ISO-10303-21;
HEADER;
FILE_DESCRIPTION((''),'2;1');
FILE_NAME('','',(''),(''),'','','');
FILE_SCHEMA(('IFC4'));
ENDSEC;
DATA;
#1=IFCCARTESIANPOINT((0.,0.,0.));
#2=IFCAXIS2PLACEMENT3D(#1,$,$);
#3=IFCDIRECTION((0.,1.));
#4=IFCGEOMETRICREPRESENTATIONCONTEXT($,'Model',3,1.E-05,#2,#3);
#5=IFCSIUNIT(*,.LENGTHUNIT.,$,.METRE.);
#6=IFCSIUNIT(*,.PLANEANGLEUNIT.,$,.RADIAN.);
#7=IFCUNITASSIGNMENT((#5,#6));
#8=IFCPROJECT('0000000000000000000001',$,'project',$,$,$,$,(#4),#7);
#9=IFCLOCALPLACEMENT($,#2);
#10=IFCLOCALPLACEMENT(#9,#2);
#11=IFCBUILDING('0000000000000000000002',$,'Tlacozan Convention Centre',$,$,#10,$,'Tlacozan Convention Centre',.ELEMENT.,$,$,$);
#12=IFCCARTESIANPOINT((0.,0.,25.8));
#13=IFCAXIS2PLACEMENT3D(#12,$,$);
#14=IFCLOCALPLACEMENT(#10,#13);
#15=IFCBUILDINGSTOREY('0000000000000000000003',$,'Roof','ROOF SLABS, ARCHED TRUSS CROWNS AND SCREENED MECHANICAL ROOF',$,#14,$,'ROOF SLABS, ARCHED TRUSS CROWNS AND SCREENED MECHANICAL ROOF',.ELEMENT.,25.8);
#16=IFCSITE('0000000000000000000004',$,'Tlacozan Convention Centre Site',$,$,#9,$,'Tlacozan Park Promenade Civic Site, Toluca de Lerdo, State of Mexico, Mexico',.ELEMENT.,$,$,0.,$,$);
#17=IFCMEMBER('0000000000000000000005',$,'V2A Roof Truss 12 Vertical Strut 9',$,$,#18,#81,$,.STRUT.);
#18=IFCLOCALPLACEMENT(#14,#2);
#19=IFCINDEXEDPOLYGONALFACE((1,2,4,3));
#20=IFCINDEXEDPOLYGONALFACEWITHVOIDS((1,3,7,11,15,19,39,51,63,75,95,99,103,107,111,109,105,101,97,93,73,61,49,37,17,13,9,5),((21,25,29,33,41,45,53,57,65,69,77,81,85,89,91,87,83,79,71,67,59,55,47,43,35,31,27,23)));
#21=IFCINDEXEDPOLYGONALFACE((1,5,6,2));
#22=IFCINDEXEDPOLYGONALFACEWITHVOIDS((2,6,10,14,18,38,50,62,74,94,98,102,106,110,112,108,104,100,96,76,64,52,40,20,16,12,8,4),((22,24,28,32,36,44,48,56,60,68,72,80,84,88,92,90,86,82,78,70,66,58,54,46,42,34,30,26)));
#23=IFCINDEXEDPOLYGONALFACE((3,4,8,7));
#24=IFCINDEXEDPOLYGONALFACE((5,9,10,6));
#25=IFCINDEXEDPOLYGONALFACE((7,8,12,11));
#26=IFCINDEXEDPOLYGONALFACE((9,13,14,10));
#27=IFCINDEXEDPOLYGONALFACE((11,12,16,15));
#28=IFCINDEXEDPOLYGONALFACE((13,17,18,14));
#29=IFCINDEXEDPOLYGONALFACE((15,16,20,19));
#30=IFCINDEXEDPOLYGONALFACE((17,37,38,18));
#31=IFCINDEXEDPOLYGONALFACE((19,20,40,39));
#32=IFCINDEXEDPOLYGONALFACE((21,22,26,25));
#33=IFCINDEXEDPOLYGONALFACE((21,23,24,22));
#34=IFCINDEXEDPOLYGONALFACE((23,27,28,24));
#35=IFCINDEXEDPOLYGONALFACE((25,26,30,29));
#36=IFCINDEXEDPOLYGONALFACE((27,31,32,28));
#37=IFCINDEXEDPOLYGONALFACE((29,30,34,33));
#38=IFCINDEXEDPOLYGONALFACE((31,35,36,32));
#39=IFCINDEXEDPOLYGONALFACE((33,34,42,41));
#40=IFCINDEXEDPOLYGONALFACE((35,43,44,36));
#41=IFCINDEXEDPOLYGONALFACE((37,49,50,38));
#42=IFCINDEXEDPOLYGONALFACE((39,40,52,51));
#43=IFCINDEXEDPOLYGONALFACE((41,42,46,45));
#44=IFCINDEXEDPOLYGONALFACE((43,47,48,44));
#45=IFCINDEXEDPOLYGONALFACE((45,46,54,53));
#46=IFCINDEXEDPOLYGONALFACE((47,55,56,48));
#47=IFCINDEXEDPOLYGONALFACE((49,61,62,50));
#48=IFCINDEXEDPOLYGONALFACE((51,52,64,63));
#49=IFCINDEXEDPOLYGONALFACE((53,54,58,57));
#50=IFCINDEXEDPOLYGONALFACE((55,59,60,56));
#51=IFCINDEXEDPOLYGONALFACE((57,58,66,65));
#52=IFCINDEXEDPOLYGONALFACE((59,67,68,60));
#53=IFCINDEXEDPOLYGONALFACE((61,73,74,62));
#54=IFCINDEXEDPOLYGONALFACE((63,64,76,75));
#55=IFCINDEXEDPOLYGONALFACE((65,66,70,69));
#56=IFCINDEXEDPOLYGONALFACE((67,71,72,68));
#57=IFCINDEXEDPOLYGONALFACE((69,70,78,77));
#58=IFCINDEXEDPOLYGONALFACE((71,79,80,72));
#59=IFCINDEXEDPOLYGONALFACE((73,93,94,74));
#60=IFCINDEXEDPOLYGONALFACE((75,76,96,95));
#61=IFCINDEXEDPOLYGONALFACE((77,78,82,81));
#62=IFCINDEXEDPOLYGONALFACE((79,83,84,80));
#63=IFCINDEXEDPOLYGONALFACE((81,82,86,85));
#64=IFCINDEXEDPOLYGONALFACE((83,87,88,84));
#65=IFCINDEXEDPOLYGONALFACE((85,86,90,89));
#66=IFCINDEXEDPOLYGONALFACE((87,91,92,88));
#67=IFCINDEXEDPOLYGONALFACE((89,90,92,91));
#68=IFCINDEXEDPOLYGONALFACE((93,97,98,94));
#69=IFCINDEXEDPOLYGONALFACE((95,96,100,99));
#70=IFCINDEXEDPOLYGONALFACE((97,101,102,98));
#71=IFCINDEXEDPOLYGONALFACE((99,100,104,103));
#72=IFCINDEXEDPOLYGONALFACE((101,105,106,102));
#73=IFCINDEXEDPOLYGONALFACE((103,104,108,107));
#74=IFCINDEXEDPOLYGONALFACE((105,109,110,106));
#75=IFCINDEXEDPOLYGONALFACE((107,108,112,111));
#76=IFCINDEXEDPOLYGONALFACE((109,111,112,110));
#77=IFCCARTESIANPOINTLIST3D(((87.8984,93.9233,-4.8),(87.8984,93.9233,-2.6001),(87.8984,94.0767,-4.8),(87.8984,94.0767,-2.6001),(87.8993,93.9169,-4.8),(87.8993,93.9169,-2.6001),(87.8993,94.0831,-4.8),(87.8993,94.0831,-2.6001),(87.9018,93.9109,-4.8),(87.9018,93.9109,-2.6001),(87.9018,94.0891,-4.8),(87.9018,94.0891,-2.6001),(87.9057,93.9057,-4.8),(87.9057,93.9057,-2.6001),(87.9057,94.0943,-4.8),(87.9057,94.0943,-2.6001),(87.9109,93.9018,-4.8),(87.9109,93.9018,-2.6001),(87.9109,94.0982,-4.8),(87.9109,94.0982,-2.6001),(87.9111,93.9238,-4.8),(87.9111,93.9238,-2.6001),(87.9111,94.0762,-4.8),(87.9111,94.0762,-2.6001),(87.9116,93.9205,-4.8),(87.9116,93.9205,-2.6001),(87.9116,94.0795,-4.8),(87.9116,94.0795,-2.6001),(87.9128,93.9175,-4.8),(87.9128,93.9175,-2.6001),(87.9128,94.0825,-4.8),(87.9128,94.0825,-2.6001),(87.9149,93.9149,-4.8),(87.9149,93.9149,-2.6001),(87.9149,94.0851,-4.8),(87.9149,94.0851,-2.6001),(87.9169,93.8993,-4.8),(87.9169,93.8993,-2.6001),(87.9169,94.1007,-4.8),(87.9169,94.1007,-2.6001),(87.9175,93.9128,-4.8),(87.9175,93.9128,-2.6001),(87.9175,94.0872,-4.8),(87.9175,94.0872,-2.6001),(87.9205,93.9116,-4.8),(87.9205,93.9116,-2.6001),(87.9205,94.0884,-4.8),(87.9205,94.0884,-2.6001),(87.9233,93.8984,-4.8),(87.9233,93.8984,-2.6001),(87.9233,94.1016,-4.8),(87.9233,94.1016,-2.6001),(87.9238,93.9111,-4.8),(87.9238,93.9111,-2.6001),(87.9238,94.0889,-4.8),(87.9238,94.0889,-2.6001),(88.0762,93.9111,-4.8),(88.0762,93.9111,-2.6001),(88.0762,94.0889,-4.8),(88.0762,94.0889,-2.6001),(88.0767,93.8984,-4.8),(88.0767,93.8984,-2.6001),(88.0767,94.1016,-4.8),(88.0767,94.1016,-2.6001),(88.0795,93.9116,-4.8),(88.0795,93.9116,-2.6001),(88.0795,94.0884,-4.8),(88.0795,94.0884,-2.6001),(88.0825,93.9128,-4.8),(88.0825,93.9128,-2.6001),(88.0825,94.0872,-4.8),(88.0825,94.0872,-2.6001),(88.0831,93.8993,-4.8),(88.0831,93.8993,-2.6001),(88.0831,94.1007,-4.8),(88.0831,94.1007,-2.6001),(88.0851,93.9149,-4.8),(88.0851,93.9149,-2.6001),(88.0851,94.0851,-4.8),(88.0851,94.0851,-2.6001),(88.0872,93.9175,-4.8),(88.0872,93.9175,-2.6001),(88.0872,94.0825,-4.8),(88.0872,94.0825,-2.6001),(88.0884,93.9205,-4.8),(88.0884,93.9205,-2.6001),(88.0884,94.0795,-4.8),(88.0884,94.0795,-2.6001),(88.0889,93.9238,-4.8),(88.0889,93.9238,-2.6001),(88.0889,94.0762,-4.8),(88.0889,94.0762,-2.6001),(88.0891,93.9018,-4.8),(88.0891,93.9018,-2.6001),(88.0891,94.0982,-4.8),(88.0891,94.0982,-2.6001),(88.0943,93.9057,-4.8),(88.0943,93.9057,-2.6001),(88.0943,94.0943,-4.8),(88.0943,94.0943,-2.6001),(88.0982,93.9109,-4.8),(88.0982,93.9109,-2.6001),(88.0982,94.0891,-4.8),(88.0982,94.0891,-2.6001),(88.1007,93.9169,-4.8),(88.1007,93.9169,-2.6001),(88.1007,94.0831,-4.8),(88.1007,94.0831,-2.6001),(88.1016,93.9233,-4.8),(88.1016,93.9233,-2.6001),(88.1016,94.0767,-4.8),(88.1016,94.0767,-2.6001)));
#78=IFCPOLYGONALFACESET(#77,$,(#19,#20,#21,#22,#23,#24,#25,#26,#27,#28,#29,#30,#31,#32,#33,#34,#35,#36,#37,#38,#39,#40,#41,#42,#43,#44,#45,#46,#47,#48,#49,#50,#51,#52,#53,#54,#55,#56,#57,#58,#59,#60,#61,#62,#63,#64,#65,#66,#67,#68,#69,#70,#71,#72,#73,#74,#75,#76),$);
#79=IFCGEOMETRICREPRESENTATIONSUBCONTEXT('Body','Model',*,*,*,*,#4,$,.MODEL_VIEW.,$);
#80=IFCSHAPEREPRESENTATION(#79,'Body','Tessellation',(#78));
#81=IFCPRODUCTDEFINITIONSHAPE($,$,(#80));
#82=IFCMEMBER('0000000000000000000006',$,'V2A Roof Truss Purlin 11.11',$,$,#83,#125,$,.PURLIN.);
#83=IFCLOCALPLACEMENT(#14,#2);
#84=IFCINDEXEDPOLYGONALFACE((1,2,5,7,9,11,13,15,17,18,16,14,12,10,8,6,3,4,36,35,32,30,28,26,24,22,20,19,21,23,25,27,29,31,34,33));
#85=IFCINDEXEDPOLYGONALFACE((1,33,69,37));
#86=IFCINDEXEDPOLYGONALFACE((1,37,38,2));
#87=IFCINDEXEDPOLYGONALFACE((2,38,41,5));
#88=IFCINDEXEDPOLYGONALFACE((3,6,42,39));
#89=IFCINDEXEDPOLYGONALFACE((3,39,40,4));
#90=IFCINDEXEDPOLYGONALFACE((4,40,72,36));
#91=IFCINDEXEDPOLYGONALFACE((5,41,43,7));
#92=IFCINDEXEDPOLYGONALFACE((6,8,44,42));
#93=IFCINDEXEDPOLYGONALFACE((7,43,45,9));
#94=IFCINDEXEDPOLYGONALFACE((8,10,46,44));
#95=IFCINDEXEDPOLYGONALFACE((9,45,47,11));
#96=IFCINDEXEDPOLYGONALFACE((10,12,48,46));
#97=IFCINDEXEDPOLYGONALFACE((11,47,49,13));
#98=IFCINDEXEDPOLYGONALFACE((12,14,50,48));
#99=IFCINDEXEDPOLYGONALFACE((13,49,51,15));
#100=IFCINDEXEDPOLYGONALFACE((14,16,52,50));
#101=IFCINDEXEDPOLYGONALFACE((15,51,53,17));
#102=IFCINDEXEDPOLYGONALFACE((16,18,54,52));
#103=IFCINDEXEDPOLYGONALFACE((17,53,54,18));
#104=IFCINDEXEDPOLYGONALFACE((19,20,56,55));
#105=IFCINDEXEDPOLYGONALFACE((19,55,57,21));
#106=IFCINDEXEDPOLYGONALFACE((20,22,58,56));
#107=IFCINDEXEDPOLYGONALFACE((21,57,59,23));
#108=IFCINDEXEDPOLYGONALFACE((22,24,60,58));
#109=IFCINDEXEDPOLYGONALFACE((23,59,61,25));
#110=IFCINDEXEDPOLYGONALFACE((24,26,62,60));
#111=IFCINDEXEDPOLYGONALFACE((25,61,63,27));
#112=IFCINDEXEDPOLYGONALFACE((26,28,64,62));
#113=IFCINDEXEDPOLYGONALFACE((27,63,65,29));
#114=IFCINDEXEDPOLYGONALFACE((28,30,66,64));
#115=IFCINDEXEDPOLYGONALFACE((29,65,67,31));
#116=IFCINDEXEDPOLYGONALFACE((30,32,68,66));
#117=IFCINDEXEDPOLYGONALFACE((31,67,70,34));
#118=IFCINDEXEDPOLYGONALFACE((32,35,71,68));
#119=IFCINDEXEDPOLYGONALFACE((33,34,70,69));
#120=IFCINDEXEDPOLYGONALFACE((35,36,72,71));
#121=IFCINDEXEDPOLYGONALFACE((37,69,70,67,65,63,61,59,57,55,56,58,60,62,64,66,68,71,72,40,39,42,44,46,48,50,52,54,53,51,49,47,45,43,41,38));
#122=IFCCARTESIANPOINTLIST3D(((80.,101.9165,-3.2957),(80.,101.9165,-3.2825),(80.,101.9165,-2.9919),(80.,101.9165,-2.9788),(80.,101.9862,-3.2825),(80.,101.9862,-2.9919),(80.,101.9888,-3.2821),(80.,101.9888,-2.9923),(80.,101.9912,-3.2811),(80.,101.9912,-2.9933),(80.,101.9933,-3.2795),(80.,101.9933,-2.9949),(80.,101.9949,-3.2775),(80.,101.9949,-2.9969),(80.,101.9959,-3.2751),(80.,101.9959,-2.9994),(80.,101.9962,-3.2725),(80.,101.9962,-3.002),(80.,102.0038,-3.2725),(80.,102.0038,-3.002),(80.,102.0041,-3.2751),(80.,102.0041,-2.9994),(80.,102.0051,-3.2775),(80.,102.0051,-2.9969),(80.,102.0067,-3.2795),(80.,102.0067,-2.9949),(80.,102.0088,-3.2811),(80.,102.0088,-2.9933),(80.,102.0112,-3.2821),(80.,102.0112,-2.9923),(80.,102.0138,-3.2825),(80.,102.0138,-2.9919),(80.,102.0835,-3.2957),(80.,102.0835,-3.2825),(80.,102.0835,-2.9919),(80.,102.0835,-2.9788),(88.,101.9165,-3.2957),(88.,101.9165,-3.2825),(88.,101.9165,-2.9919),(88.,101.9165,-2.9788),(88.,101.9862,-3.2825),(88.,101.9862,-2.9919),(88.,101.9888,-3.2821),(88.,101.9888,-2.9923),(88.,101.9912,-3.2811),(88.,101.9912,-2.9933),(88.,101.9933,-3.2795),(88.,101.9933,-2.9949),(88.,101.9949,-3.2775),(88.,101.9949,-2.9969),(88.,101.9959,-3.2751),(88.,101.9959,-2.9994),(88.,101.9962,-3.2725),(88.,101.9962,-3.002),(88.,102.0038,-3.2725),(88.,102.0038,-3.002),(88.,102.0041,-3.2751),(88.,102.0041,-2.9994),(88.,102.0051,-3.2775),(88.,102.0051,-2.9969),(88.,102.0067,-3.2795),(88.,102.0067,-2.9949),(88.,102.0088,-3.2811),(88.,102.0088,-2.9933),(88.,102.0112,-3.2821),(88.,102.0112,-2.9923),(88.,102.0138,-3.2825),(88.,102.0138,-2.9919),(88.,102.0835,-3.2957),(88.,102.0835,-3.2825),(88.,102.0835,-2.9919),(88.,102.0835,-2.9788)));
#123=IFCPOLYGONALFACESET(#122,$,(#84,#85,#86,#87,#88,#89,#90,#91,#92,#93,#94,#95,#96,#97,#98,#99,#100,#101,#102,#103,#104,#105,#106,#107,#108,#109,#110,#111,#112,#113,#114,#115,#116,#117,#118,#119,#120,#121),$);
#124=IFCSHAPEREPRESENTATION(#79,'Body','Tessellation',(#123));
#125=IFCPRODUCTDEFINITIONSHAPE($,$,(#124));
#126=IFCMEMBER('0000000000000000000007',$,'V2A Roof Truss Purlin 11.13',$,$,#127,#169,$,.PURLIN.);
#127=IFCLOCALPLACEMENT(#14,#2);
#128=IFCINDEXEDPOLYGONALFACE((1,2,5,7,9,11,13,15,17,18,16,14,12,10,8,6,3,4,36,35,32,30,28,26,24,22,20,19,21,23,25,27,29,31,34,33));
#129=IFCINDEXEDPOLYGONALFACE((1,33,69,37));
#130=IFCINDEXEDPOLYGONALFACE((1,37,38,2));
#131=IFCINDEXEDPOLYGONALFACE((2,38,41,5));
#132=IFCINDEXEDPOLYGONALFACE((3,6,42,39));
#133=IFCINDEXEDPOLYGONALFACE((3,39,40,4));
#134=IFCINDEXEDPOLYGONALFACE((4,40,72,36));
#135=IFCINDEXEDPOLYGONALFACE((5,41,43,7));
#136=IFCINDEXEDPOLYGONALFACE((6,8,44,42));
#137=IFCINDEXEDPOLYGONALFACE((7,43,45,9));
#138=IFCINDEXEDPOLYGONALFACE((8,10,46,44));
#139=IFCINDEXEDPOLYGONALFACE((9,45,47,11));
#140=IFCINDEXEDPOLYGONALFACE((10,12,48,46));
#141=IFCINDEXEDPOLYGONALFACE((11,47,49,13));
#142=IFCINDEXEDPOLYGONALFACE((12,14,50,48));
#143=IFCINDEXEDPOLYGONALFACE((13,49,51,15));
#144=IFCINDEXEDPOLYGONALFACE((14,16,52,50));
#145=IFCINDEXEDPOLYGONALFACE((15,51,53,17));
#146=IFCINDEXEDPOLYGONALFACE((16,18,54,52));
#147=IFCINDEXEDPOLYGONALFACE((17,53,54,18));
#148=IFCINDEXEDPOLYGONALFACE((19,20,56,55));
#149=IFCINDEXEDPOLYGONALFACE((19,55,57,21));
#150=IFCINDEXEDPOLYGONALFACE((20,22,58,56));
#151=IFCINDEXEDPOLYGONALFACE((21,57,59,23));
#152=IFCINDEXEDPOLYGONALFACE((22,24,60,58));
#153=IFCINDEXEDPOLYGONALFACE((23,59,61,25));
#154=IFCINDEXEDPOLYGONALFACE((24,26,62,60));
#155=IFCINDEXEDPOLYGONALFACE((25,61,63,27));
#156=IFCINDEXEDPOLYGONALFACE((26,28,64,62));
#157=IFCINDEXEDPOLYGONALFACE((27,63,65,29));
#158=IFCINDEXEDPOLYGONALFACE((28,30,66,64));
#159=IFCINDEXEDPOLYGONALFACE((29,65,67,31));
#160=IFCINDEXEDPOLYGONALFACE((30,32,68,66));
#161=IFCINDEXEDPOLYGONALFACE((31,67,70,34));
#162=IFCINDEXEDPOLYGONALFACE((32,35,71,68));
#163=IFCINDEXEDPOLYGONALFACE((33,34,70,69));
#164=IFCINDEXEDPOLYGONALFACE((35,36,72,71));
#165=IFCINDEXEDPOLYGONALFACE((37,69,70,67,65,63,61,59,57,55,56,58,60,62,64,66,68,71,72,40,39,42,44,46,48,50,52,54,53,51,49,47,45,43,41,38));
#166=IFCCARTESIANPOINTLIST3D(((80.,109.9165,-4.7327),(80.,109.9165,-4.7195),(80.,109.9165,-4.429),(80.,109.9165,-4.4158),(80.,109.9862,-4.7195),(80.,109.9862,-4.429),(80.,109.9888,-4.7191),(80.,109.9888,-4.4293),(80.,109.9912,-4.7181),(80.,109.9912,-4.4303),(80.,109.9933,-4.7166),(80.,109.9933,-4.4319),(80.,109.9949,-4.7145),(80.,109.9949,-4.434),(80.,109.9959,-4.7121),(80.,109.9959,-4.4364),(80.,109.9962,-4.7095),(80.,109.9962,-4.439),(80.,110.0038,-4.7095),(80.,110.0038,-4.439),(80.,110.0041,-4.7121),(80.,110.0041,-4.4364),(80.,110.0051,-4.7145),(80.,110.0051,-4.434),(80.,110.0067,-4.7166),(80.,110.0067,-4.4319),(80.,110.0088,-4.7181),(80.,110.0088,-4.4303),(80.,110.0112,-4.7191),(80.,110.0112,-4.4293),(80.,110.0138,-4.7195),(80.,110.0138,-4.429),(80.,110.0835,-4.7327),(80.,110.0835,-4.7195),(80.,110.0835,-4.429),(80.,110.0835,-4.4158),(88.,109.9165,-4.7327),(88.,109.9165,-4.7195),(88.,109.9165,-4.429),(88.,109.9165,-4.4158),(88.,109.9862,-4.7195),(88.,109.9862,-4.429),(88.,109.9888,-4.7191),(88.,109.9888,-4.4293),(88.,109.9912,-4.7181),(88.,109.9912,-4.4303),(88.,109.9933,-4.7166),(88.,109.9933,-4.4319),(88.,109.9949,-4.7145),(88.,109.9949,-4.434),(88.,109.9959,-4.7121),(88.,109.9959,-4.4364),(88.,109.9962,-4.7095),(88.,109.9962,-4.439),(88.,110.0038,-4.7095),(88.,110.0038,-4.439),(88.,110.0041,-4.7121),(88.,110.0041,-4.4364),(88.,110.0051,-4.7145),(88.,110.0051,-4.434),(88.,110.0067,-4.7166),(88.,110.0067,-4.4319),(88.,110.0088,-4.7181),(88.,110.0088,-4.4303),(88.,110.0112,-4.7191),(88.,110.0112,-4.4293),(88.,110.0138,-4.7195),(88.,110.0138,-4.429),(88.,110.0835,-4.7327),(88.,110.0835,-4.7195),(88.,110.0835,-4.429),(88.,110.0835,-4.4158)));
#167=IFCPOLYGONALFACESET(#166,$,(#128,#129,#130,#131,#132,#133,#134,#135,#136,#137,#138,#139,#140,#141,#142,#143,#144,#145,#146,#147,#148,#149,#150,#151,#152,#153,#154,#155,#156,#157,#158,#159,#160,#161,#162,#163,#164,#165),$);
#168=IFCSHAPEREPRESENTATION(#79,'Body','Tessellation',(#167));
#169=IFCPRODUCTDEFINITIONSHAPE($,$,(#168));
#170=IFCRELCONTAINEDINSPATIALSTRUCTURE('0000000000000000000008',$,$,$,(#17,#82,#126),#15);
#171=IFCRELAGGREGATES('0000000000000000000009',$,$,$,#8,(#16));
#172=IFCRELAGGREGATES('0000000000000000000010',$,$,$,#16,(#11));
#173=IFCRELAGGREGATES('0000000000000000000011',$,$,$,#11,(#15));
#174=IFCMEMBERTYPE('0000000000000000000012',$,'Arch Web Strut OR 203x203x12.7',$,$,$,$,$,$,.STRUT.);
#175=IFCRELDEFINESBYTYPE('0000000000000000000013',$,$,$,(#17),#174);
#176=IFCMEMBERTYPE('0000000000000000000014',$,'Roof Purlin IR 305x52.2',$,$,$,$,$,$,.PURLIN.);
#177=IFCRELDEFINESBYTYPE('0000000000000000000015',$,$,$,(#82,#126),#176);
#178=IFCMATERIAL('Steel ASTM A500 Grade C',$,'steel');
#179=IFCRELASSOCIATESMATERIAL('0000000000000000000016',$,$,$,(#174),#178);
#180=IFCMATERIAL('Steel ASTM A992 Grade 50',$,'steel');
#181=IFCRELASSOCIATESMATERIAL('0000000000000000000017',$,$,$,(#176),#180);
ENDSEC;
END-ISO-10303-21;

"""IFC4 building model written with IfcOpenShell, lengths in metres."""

from ifc_helpers import new_model, si_unit, direction, frame, origin, origin_2d, place, context, subcontext, project, spatial, hollow_rectangle, i_section, extrude, material, material_profile, profile_set, type_object, element, save


model = new_model("IFC4")

# Units and contexts
model_context = context("Model", 3, precision=1e-05, world=origin(), true_north=direction((0.0, 1.0)))
body_context = subcontext(model_context, "Body", "Model", "MODEL_VIEW")
ifc_project = project(units=[si_unit("LENGTHUNIT", "METRE"), si_unit("PLANEANGLEUNIT", "RADIAN")], contexts=[model_context])

# Site, building, storey
site_placement = place(None, origin())
site = spatial("IfcSite", under=ifc_project, at=site_placement, Name="Tlacozan Convention Centre Site", LongName="Tlacozan Park Promenade Civic Site, Toluca de Lerdo, State of Mexico, Mexico", CompositionType="ELEMENT", RefElevation=0.0)
building_placement = place(site_placement, origin())
building = spatial("IfcBuilding", under=site, at=building_placement, Name="Tlacozan Convention Centre", LongName="Tlacozan Convention Centre", CompositionType="ELEMENT")
storey_placement = place(building_placement, frame((0.0, 0.0, 25.8)))
storey = spatial("IfcBuildingStorey", under=building, at=storey_placement, Name="Roof", Description="ROOF SLABS, ARCHED TRUSS CROWNS AND SCREENED MECHANICAL ROOF", LongName="ROOF SLABS, ARCHED TRUSS CROWNS AND SCREENED MECHANICAL ROOF", CompositionType="ELEMENT", Elevation=25.8)

# Members
ifc_material_1 = material(Name="Steel ASTM A500 Grade C", Category="steel")
ifc_material_profile_1 = material_profile(ifc_material_1, hollow_rectangle(XDim=0.2031, YDim=0.2031, WallThickness=0.0127, InnerFilletRadius=0.0127, OuterFilletRadius=0.0249, at=origin_2d()), Name="OR 203x203x12.7")
ifc_profile_set_1 = profile_set([ifc_material_profile_1], Name="Steel ASTM A500 Grade C")
member_type_1 = type_object("IfcMemberType", Name="Arch Web Strut OR 203x203x12.7", PredefinedType="STRUT", material=ifc_profile_set_1)
for number, where, z_axis, x_axis, name in (
    (1, (88.0, 94.0, -4.8), (0.0, 0.0, 1.0), (1.0, 0.0, 0.0), "V2A Roof Truss 12 Vertical Strut 9"),
):
    element("IfcMember", number, at=place(storey_placement, frame(where, z_axis=z_axis, x_axis=x_axis)), inside=storey, type_object=member_type_1, Name=name, PredefinedType="STRUT", context=body_context, shape_type="SweptSolid", body=[
        extrude(hollow_rectangle(XDim=0.2031, YDim=0.2031, WallThickness=0.0127, InnerFilletRadius=0.0127, OuterFilletRadius=0.0249, at=origin_2d()), origin(), (0.0, 0.0, 1.0), 2.2),
    ])
ifc_material_2 = material(Name="Steel ASTM A992 Grade 50", Category="steel")
ifc_material_profile_2 = material_profile(ifc_material_2, i_section(OverallWidth=0.167, OverallDepth=0.3169, WebThickness=0.0076, FlangeThickness=0.0132, FilletRadius=0.01, at=origin_2d()), Name="IR 305x52.2")
ifc_profile_set_2 = profile_set([ifc_material_profile_2], Name="Steel ASTM A992 Grade 50")
member_type_2 = type_object("IfcMemberType", Name="Roof Purlin IR 305x52.2", PredefinedType="PURLIN", material=ifc_profile_set_2)
for number, where, z_axis, x_axis, name in (
    (2, (80.0, 102.0, -3.1372), (1.0, 0.0, 0.0), (0.0, 1.0, 0.0), "V2A Roof Truss Purlin 11.11"),
    (3, (80.0, 110.0, -4.5742), (1.0, 0.0, 0.0), (0.0, 1.0, 0.0), "V2A Roof Truss Purlin 11.13"),
):
    element("IfcMember", number, at=place(storey_placement, frame(where, z_axis=z_axis, x_axis=x_axis)), inside=storey, type_object=member_type_2, Name=name, PredefinedType="PURLIN", context=body_context, shape_type="SweptSolid", body=[
        extrude(i_section(OverallWidth=0.167, OverallDepth=0.3169, WebThickness=0.0076, FlangeThickness=0.0132, FilletRadius=0.01, at=origin_2d()), origin(), (0.0, 0.0, 1.0), 8.0),
    ])

save(model, "model.ifc")
